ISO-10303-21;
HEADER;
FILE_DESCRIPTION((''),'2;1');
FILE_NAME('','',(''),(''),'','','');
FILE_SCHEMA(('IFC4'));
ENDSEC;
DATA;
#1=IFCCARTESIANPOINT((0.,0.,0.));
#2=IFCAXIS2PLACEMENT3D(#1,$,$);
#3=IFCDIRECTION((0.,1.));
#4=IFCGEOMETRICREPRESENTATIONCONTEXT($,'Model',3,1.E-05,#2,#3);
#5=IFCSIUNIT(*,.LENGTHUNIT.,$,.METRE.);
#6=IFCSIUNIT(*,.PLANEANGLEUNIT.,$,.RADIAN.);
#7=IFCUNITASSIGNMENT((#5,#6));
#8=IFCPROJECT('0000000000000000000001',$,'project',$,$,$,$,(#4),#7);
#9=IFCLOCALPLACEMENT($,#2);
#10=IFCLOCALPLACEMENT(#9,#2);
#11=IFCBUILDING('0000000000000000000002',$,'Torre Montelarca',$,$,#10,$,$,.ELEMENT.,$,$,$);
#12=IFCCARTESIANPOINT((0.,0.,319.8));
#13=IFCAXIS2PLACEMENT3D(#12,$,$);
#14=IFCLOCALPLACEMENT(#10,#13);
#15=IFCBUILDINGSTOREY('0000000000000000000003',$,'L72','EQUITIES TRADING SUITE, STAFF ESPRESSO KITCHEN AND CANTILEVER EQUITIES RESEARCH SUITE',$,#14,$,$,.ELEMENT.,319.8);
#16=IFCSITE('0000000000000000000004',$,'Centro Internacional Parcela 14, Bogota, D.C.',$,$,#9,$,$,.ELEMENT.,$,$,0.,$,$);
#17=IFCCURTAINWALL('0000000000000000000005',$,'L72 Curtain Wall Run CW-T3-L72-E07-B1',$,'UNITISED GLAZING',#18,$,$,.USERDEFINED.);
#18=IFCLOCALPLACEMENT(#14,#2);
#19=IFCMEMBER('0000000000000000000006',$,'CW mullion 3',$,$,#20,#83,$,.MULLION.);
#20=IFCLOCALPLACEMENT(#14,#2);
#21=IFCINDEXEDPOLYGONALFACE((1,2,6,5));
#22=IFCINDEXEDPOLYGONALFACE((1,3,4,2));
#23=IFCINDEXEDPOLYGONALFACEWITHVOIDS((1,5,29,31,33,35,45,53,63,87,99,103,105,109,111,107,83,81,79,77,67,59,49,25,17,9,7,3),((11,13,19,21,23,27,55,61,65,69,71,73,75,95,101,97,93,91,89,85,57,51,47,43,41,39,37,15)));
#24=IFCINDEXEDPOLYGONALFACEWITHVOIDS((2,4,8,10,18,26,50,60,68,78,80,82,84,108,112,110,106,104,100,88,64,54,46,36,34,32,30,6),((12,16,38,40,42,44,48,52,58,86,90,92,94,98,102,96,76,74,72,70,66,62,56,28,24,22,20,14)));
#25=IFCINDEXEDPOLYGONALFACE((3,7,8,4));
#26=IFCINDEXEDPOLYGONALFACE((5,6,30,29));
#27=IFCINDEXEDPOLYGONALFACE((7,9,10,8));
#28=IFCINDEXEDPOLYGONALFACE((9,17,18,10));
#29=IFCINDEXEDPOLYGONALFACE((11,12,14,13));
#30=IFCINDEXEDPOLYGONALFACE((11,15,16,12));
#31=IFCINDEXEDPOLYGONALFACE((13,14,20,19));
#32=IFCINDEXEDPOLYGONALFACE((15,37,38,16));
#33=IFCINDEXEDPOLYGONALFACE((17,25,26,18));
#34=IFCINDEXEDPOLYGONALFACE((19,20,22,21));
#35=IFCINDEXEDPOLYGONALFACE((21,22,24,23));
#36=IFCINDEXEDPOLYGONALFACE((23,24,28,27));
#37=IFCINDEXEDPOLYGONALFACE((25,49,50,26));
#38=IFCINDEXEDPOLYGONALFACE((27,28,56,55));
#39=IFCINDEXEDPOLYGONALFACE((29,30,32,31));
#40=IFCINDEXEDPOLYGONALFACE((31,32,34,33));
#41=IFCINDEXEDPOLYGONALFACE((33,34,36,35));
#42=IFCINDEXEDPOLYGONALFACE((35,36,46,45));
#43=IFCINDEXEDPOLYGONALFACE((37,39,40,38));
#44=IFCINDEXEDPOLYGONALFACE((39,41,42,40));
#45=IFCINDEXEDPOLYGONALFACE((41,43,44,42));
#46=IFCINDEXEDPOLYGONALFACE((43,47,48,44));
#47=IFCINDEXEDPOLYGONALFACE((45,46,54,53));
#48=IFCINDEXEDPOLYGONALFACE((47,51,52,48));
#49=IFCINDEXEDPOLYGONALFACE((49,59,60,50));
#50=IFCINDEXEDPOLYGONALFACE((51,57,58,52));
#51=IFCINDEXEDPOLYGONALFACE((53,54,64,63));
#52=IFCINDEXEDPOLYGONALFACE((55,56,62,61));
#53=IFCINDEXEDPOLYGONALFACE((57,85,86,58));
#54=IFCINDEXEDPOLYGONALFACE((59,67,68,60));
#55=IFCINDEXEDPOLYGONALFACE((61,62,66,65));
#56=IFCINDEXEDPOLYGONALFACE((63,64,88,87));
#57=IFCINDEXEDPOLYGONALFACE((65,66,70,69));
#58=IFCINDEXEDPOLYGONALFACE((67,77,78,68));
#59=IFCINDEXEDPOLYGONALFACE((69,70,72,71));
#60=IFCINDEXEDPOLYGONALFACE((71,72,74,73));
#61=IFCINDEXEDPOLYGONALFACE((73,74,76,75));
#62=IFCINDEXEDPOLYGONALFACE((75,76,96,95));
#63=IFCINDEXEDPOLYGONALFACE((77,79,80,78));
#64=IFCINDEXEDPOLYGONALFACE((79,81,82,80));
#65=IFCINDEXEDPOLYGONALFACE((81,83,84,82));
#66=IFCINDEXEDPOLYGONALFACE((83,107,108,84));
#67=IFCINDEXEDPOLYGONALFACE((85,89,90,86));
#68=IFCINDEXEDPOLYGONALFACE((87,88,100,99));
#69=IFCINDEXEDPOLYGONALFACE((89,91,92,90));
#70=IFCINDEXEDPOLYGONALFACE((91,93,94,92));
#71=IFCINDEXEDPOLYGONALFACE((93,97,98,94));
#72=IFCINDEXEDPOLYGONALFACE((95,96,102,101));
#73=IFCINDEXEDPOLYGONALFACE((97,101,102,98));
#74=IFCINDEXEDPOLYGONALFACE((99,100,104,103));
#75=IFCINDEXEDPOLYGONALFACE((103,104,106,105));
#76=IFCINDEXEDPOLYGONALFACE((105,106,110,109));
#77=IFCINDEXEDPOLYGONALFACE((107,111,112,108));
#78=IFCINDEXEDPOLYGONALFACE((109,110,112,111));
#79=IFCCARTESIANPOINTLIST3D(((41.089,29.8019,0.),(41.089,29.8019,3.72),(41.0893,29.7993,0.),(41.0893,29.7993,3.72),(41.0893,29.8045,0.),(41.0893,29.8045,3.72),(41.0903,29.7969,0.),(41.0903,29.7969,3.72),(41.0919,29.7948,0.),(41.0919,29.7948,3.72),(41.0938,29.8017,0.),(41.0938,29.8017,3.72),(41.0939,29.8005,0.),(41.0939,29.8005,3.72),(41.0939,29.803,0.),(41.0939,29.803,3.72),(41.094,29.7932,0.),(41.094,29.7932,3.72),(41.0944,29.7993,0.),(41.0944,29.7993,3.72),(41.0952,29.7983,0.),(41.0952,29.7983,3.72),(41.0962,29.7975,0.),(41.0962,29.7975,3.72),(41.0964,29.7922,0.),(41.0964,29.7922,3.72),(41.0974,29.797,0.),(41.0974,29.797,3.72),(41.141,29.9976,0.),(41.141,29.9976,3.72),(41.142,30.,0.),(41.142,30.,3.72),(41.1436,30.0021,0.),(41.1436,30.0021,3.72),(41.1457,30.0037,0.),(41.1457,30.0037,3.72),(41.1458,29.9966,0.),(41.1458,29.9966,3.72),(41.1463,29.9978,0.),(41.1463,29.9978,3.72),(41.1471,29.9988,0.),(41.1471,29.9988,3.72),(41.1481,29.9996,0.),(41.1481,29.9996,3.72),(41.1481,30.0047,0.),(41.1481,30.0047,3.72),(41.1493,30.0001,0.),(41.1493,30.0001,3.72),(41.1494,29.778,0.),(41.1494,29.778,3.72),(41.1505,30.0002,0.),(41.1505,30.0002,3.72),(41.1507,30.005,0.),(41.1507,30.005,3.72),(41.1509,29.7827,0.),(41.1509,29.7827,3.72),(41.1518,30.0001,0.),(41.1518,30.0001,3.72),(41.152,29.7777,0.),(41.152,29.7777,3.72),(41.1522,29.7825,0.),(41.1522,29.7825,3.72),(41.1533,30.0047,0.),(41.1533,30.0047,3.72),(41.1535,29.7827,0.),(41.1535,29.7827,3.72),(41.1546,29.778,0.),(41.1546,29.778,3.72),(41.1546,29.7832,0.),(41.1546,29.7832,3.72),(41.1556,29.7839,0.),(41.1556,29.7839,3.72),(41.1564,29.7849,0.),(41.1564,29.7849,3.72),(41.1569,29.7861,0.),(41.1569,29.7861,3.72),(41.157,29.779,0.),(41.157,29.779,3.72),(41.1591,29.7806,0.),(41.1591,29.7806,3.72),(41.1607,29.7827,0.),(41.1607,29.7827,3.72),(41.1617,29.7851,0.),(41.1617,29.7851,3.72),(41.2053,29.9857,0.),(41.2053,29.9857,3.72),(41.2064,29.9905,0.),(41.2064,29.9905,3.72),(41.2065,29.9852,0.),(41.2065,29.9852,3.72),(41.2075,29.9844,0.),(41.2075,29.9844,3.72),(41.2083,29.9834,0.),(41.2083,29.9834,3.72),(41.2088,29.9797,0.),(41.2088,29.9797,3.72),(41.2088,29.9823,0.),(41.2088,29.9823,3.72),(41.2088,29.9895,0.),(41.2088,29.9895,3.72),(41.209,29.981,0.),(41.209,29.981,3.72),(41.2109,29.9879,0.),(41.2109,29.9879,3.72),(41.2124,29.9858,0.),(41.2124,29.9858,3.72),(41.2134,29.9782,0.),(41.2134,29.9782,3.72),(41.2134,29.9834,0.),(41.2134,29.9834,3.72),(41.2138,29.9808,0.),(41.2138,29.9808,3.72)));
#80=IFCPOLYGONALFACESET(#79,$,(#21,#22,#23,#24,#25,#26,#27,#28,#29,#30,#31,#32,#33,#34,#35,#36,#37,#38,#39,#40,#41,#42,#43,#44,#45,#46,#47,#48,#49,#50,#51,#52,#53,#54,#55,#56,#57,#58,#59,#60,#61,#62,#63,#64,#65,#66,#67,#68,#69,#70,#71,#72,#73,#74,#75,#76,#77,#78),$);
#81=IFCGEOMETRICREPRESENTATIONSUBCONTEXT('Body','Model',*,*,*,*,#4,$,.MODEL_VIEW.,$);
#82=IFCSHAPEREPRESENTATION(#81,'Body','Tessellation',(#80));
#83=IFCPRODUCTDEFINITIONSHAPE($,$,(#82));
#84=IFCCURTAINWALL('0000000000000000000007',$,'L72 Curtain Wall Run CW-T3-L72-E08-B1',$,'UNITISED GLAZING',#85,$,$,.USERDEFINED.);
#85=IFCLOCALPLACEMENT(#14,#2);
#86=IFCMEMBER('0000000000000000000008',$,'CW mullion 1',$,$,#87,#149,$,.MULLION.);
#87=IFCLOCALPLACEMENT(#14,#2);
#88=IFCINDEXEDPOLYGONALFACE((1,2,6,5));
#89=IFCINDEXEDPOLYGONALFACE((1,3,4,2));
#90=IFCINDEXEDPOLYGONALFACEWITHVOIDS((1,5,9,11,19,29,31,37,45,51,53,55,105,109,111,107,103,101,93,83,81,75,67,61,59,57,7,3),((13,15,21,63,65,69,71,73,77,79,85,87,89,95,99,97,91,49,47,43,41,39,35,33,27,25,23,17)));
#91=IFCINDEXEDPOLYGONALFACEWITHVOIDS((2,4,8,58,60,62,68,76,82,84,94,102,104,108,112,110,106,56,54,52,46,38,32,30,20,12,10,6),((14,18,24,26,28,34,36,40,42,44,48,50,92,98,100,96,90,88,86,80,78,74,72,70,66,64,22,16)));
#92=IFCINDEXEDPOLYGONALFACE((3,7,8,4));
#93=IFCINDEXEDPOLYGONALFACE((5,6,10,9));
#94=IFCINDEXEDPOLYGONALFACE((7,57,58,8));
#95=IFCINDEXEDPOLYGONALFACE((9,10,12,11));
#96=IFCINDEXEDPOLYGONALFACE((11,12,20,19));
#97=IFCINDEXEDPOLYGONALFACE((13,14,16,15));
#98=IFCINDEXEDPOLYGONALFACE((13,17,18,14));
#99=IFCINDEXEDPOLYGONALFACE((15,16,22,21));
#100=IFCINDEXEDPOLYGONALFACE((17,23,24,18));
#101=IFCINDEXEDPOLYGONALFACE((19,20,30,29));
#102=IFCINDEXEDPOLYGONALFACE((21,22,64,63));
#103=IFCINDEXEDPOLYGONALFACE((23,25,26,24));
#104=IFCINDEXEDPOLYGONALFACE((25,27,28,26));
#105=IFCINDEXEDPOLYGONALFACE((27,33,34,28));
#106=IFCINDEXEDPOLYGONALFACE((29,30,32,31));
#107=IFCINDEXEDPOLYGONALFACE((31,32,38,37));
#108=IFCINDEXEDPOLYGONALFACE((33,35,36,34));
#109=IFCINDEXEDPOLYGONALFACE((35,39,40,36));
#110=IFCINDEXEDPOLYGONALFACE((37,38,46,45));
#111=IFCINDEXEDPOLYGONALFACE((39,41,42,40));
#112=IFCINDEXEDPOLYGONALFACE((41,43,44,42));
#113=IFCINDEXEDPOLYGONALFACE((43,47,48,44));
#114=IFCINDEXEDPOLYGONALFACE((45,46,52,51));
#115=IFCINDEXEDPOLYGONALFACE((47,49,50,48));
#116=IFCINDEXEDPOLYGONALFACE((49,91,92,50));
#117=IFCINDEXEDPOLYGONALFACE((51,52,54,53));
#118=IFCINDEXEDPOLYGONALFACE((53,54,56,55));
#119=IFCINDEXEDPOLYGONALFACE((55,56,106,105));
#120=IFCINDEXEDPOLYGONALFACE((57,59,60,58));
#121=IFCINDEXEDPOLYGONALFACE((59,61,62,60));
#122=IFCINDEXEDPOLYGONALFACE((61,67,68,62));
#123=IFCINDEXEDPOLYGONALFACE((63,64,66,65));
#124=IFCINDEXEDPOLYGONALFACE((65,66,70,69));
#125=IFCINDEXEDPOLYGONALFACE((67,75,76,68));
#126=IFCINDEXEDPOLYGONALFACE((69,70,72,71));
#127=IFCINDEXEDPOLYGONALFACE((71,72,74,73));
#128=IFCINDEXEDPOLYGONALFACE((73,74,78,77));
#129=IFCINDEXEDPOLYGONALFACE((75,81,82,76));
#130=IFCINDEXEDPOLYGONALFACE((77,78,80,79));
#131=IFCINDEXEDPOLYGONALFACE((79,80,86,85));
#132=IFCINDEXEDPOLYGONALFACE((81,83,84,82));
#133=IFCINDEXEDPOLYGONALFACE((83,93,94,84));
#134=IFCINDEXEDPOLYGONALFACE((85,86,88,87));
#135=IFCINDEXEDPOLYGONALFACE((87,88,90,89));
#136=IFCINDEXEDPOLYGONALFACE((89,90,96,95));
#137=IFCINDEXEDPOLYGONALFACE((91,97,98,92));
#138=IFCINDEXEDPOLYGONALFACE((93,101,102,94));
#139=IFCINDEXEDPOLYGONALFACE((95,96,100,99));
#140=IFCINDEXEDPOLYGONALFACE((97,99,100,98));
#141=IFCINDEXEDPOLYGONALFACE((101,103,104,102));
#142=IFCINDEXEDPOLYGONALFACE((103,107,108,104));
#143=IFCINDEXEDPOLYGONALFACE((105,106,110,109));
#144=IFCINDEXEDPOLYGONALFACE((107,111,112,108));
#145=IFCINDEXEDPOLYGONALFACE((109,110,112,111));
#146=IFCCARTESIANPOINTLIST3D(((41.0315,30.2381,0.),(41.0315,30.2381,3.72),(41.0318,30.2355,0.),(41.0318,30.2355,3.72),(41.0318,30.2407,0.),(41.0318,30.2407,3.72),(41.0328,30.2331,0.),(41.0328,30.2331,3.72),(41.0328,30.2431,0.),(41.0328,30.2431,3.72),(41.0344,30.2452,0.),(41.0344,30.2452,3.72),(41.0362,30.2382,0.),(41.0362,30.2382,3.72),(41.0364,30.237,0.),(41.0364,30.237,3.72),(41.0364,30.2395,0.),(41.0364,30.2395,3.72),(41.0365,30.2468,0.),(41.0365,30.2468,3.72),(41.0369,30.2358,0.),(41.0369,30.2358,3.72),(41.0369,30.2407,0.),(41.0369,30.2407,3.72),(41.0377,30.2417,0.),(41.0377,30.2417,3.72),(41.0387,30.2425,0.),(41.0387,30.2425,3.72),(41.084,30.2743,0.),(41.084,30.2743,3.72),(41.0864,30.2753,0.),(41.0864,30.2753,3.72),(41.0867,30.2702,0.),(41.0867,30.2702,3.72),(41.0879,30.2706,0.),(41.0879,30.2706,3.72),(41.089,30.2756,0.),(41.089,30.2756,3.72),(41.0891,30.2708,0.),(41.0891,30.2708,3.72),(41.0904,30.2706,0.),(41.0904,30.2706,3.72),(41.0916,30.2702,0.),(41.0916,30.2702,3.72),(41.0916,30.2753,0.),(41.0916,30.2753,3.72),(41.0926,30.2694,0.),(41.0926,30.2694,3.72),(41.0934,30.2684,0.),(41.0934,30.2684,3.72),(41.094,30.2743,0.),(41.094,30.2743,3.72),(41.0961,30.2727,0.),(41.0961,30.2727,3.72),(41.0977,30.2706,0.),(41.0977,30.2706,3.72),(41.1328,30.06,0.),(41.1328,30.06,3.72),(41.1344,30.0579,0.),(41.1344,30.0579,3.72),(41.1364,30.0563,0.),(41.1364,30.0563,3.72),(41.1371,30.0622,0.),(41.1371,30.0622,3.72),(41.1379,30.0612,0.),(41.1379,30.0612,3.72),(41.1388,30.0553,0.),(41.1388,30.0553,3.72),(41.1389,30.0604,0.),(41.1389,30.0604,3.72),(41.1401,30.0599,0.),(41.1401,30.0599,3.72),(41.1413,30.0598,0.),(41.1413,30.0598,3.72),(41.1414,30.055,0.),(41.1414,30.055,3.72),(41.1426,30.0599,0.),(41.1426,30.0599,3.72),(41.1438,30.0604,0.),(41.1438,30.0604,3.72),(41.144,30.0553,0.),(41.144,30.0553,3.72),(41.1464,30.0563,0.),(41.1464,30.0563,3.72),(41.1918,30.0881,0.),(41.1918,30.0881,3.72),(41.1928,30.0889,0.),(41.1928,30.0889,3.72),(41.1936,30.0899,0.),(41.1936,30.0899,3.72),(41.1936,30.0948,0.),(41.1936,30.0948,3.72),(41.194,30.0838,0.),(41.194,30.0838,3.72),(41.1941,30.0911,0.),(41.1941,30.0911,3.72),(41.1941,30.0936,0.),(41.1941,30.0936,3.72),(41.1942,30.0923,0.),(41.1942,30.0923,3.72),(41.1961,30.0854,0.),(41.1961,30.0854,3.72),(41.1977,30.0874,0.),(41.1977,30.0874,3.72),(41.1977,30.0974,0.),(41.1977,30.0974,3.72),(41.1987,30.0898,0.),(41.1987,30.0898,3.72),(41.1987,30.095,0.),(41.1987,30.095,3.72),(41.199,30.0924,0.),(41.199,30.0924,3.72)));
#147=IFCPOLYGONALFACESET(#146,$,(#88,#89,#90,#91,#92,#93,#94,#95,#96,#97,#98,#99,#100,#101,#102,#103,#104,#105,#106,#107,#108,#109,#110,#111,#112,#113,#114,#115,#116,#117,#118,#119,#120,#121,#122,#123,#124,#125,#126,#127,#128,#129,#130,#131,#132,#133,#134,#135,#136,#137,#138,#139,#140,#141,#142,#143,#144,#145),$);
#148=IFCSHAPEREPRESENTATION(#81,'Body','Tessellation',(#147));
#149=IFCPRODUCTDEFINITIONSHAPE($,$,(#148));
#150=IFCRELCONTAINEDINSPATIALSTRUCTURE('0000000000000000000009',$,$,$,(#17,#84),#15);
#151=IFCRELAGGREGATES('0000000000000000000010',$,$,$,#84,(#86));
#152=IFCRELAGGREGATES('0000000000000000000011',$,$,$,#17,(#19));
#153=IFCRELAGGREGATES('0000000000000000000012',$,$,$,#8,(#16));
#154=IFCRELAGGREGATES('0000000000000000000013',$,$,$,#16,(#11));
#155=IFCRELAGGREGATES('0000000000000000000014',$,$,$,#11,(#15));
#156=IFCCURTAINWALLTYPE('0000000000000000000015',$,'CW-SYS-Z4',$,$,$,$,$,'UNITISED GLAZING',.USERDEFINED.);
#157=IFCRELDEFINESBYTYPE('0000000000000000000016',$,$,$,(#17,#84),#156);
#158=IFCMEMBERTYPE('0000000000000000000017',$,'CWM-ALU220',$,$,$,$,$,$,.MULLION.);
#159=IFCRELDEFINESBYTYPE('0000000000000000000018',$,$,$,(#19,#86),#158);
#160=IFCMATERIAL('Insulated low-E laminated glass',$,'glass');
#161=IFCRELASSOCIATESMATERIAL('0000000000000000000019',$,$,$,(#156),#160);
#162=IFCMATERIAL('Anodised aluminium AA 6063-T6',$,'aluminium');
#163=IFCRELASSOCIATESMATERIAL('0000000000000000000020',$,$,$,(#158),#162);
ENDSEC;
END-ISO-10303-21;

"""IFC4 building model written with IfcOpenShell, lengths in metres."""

from ifc_helpers import new_model, si_unit, direction, frame, origin, origin_2d, place, context, subcontext, project, spatial, hollow_rectangle, extrude, source, transform, mapped, material, material_profile, profile_set, type_object, element, aggregate, save


model = new_model("IFC4")

# Units and contexts
model_context = context("Model", 3, precision=1e-05, world=origin(), true_north=direction((0.0, 1.0)))
body_context = subcontext(model_context, "Body", "Model", "MODEL_VIEW")
ifc_project = project(units=[si_unit("LENGTHUNIT", "METRE"), si_unit("PLANEANGLEUNIT", "RADIAN")], contexts=[model_context])

# Site, building, storey
site_placement = place(None, origin())
site = spatial("IfcSite", under=ifc_project, at=site_placement, Name="Centro Internacional Parcela 14, Bogota, D.C.", CompositionType="ELEMENT", RefElevation=0.0)
building_placement = place(site_placement, origin())
building = spatial("IfcBuilding", under=site, at=building_placement, Name="Torre Montelarca", CompositionType="ELEMENT")
storey_placement = place(building_placement, frame((0.0, 0.0, 319.8)))
storey = spatial("IfcBuildingStorey", under=building, at=storey_placement, Name="L72", Description="EQUITIES TRADING SUITE, STAFF ESPRESSO KITCHEN AND CANTILEVER EQUITIES RESEARCH SUITE", CompositionType="ELEMENT", Elevation=319.8)

# Curtain wall, member
ifc_material_1 = material(Name="Insulated low-E laminated glass", Category="glass")
curtain_wall_type = type_object("IfcCurtainWallType", Name="CW-SYS-Z4", ElementType="UNITISED GLAZING", PredefinedType="USERDEFINED", material=ifc_material_1)
ifc_material_2 = material(Name="Anodised aluminium AA 6063-T6", Category="aluminium")
ifc_material_profile_1 = material_profile(ifc_material_2, hollow_rectangle(XDim=0.075, YDim=0.22, WallThickness=0.0049, InnerFilletRadius=0.0049, OuterFilletRadius=0.01, at=origin_2d()), Name="ALU75X220X5", Category="aluminium")
ifc_profile_set_1 = profile_set([ifc_material_profile_1], Name="Anodised aluminium AA 6063-T6")
member_type_1 = type_object("IfcMemberType", Name="CWM-ALU220", PredefinedType="MULLION", material=ifc_profile_set_1)
shared_shape_1 = source(origin(), body_context, "Body", "SweptSolid", [
    extrude(hollow_rectangle(XDim=0.075, YDim=0.22, WallThickness=0.0049, InnerFilletRadius=0.0049, OuterFilletRadius=0.01, at=origin_2d()), origin(), (0.0, 0.0, 1.0), 3.72),
])
curtain_wall_1_placement = place(storey_placement, origin())
curtain_wall_1 = element("IfcCurtainWall", 1, at=curtain_wall_1_placement, inside=storey, type_object=curtain_wall_type, Name="L72 Curtain Wall Run CW-T3-L72-E07-B1", ObjectType="UNITISED GLAZING", PredefinedType="USERDEFINED")
member_1_placement = place(storey_placement, frame((41.1514, 29.8914, 0.0), z_axis=(0.0, 0.0, 1.0), x_axis=(-0.965927, 0.258815, 0.0)))
member_1 = element("IfcMember", 2, at=member_1_placement, type_object=member_type_1, Name="CW mullion 3", PredefinedType="MULLION", context=body_context, shape_type="MappedRepresentation", body=[
    mapped(shared_shape_1, transform((0.0, 0.0, 0.0), scale=1.0)),
])

# Curtain wall, member
curtain_wall_2_placement = place(storey_placement, origin())
curtain_wall_2 = element("IfcCurtainWall", 3, at=curtain_wall_2_placement, inside=storey, type_object=curtain_wall_type, Name="L72 Curtain Wall Run CW-T3-L72-E08-B1", ObjectType="UNITISED GLAZING", PredefinedType="USERDEFINED")
member_2_placement = place(storey_placement, frame((41.1152, 30.1653, 0.0), z_axis=(0.0, 0.0, 1.0), x_axis=(-0.866028, -0.499996, 0.0)))
member_2 = element("IfcMember", 4, at=member_2_placement, type_object=member_type_1, Name="CW mullion 1", PredefinedType="MULLION", context=body_context, shape_type="MappedRepresentation", body=[
    mapped(shared_shape_1, transform((0.0, 0.0, 0.0), scale=1.0)),
])

aggregate(curtain_wall_2, [member_2])

aggregate(curtain_wall_1, [member_1])

save(model, "model.ifc")
